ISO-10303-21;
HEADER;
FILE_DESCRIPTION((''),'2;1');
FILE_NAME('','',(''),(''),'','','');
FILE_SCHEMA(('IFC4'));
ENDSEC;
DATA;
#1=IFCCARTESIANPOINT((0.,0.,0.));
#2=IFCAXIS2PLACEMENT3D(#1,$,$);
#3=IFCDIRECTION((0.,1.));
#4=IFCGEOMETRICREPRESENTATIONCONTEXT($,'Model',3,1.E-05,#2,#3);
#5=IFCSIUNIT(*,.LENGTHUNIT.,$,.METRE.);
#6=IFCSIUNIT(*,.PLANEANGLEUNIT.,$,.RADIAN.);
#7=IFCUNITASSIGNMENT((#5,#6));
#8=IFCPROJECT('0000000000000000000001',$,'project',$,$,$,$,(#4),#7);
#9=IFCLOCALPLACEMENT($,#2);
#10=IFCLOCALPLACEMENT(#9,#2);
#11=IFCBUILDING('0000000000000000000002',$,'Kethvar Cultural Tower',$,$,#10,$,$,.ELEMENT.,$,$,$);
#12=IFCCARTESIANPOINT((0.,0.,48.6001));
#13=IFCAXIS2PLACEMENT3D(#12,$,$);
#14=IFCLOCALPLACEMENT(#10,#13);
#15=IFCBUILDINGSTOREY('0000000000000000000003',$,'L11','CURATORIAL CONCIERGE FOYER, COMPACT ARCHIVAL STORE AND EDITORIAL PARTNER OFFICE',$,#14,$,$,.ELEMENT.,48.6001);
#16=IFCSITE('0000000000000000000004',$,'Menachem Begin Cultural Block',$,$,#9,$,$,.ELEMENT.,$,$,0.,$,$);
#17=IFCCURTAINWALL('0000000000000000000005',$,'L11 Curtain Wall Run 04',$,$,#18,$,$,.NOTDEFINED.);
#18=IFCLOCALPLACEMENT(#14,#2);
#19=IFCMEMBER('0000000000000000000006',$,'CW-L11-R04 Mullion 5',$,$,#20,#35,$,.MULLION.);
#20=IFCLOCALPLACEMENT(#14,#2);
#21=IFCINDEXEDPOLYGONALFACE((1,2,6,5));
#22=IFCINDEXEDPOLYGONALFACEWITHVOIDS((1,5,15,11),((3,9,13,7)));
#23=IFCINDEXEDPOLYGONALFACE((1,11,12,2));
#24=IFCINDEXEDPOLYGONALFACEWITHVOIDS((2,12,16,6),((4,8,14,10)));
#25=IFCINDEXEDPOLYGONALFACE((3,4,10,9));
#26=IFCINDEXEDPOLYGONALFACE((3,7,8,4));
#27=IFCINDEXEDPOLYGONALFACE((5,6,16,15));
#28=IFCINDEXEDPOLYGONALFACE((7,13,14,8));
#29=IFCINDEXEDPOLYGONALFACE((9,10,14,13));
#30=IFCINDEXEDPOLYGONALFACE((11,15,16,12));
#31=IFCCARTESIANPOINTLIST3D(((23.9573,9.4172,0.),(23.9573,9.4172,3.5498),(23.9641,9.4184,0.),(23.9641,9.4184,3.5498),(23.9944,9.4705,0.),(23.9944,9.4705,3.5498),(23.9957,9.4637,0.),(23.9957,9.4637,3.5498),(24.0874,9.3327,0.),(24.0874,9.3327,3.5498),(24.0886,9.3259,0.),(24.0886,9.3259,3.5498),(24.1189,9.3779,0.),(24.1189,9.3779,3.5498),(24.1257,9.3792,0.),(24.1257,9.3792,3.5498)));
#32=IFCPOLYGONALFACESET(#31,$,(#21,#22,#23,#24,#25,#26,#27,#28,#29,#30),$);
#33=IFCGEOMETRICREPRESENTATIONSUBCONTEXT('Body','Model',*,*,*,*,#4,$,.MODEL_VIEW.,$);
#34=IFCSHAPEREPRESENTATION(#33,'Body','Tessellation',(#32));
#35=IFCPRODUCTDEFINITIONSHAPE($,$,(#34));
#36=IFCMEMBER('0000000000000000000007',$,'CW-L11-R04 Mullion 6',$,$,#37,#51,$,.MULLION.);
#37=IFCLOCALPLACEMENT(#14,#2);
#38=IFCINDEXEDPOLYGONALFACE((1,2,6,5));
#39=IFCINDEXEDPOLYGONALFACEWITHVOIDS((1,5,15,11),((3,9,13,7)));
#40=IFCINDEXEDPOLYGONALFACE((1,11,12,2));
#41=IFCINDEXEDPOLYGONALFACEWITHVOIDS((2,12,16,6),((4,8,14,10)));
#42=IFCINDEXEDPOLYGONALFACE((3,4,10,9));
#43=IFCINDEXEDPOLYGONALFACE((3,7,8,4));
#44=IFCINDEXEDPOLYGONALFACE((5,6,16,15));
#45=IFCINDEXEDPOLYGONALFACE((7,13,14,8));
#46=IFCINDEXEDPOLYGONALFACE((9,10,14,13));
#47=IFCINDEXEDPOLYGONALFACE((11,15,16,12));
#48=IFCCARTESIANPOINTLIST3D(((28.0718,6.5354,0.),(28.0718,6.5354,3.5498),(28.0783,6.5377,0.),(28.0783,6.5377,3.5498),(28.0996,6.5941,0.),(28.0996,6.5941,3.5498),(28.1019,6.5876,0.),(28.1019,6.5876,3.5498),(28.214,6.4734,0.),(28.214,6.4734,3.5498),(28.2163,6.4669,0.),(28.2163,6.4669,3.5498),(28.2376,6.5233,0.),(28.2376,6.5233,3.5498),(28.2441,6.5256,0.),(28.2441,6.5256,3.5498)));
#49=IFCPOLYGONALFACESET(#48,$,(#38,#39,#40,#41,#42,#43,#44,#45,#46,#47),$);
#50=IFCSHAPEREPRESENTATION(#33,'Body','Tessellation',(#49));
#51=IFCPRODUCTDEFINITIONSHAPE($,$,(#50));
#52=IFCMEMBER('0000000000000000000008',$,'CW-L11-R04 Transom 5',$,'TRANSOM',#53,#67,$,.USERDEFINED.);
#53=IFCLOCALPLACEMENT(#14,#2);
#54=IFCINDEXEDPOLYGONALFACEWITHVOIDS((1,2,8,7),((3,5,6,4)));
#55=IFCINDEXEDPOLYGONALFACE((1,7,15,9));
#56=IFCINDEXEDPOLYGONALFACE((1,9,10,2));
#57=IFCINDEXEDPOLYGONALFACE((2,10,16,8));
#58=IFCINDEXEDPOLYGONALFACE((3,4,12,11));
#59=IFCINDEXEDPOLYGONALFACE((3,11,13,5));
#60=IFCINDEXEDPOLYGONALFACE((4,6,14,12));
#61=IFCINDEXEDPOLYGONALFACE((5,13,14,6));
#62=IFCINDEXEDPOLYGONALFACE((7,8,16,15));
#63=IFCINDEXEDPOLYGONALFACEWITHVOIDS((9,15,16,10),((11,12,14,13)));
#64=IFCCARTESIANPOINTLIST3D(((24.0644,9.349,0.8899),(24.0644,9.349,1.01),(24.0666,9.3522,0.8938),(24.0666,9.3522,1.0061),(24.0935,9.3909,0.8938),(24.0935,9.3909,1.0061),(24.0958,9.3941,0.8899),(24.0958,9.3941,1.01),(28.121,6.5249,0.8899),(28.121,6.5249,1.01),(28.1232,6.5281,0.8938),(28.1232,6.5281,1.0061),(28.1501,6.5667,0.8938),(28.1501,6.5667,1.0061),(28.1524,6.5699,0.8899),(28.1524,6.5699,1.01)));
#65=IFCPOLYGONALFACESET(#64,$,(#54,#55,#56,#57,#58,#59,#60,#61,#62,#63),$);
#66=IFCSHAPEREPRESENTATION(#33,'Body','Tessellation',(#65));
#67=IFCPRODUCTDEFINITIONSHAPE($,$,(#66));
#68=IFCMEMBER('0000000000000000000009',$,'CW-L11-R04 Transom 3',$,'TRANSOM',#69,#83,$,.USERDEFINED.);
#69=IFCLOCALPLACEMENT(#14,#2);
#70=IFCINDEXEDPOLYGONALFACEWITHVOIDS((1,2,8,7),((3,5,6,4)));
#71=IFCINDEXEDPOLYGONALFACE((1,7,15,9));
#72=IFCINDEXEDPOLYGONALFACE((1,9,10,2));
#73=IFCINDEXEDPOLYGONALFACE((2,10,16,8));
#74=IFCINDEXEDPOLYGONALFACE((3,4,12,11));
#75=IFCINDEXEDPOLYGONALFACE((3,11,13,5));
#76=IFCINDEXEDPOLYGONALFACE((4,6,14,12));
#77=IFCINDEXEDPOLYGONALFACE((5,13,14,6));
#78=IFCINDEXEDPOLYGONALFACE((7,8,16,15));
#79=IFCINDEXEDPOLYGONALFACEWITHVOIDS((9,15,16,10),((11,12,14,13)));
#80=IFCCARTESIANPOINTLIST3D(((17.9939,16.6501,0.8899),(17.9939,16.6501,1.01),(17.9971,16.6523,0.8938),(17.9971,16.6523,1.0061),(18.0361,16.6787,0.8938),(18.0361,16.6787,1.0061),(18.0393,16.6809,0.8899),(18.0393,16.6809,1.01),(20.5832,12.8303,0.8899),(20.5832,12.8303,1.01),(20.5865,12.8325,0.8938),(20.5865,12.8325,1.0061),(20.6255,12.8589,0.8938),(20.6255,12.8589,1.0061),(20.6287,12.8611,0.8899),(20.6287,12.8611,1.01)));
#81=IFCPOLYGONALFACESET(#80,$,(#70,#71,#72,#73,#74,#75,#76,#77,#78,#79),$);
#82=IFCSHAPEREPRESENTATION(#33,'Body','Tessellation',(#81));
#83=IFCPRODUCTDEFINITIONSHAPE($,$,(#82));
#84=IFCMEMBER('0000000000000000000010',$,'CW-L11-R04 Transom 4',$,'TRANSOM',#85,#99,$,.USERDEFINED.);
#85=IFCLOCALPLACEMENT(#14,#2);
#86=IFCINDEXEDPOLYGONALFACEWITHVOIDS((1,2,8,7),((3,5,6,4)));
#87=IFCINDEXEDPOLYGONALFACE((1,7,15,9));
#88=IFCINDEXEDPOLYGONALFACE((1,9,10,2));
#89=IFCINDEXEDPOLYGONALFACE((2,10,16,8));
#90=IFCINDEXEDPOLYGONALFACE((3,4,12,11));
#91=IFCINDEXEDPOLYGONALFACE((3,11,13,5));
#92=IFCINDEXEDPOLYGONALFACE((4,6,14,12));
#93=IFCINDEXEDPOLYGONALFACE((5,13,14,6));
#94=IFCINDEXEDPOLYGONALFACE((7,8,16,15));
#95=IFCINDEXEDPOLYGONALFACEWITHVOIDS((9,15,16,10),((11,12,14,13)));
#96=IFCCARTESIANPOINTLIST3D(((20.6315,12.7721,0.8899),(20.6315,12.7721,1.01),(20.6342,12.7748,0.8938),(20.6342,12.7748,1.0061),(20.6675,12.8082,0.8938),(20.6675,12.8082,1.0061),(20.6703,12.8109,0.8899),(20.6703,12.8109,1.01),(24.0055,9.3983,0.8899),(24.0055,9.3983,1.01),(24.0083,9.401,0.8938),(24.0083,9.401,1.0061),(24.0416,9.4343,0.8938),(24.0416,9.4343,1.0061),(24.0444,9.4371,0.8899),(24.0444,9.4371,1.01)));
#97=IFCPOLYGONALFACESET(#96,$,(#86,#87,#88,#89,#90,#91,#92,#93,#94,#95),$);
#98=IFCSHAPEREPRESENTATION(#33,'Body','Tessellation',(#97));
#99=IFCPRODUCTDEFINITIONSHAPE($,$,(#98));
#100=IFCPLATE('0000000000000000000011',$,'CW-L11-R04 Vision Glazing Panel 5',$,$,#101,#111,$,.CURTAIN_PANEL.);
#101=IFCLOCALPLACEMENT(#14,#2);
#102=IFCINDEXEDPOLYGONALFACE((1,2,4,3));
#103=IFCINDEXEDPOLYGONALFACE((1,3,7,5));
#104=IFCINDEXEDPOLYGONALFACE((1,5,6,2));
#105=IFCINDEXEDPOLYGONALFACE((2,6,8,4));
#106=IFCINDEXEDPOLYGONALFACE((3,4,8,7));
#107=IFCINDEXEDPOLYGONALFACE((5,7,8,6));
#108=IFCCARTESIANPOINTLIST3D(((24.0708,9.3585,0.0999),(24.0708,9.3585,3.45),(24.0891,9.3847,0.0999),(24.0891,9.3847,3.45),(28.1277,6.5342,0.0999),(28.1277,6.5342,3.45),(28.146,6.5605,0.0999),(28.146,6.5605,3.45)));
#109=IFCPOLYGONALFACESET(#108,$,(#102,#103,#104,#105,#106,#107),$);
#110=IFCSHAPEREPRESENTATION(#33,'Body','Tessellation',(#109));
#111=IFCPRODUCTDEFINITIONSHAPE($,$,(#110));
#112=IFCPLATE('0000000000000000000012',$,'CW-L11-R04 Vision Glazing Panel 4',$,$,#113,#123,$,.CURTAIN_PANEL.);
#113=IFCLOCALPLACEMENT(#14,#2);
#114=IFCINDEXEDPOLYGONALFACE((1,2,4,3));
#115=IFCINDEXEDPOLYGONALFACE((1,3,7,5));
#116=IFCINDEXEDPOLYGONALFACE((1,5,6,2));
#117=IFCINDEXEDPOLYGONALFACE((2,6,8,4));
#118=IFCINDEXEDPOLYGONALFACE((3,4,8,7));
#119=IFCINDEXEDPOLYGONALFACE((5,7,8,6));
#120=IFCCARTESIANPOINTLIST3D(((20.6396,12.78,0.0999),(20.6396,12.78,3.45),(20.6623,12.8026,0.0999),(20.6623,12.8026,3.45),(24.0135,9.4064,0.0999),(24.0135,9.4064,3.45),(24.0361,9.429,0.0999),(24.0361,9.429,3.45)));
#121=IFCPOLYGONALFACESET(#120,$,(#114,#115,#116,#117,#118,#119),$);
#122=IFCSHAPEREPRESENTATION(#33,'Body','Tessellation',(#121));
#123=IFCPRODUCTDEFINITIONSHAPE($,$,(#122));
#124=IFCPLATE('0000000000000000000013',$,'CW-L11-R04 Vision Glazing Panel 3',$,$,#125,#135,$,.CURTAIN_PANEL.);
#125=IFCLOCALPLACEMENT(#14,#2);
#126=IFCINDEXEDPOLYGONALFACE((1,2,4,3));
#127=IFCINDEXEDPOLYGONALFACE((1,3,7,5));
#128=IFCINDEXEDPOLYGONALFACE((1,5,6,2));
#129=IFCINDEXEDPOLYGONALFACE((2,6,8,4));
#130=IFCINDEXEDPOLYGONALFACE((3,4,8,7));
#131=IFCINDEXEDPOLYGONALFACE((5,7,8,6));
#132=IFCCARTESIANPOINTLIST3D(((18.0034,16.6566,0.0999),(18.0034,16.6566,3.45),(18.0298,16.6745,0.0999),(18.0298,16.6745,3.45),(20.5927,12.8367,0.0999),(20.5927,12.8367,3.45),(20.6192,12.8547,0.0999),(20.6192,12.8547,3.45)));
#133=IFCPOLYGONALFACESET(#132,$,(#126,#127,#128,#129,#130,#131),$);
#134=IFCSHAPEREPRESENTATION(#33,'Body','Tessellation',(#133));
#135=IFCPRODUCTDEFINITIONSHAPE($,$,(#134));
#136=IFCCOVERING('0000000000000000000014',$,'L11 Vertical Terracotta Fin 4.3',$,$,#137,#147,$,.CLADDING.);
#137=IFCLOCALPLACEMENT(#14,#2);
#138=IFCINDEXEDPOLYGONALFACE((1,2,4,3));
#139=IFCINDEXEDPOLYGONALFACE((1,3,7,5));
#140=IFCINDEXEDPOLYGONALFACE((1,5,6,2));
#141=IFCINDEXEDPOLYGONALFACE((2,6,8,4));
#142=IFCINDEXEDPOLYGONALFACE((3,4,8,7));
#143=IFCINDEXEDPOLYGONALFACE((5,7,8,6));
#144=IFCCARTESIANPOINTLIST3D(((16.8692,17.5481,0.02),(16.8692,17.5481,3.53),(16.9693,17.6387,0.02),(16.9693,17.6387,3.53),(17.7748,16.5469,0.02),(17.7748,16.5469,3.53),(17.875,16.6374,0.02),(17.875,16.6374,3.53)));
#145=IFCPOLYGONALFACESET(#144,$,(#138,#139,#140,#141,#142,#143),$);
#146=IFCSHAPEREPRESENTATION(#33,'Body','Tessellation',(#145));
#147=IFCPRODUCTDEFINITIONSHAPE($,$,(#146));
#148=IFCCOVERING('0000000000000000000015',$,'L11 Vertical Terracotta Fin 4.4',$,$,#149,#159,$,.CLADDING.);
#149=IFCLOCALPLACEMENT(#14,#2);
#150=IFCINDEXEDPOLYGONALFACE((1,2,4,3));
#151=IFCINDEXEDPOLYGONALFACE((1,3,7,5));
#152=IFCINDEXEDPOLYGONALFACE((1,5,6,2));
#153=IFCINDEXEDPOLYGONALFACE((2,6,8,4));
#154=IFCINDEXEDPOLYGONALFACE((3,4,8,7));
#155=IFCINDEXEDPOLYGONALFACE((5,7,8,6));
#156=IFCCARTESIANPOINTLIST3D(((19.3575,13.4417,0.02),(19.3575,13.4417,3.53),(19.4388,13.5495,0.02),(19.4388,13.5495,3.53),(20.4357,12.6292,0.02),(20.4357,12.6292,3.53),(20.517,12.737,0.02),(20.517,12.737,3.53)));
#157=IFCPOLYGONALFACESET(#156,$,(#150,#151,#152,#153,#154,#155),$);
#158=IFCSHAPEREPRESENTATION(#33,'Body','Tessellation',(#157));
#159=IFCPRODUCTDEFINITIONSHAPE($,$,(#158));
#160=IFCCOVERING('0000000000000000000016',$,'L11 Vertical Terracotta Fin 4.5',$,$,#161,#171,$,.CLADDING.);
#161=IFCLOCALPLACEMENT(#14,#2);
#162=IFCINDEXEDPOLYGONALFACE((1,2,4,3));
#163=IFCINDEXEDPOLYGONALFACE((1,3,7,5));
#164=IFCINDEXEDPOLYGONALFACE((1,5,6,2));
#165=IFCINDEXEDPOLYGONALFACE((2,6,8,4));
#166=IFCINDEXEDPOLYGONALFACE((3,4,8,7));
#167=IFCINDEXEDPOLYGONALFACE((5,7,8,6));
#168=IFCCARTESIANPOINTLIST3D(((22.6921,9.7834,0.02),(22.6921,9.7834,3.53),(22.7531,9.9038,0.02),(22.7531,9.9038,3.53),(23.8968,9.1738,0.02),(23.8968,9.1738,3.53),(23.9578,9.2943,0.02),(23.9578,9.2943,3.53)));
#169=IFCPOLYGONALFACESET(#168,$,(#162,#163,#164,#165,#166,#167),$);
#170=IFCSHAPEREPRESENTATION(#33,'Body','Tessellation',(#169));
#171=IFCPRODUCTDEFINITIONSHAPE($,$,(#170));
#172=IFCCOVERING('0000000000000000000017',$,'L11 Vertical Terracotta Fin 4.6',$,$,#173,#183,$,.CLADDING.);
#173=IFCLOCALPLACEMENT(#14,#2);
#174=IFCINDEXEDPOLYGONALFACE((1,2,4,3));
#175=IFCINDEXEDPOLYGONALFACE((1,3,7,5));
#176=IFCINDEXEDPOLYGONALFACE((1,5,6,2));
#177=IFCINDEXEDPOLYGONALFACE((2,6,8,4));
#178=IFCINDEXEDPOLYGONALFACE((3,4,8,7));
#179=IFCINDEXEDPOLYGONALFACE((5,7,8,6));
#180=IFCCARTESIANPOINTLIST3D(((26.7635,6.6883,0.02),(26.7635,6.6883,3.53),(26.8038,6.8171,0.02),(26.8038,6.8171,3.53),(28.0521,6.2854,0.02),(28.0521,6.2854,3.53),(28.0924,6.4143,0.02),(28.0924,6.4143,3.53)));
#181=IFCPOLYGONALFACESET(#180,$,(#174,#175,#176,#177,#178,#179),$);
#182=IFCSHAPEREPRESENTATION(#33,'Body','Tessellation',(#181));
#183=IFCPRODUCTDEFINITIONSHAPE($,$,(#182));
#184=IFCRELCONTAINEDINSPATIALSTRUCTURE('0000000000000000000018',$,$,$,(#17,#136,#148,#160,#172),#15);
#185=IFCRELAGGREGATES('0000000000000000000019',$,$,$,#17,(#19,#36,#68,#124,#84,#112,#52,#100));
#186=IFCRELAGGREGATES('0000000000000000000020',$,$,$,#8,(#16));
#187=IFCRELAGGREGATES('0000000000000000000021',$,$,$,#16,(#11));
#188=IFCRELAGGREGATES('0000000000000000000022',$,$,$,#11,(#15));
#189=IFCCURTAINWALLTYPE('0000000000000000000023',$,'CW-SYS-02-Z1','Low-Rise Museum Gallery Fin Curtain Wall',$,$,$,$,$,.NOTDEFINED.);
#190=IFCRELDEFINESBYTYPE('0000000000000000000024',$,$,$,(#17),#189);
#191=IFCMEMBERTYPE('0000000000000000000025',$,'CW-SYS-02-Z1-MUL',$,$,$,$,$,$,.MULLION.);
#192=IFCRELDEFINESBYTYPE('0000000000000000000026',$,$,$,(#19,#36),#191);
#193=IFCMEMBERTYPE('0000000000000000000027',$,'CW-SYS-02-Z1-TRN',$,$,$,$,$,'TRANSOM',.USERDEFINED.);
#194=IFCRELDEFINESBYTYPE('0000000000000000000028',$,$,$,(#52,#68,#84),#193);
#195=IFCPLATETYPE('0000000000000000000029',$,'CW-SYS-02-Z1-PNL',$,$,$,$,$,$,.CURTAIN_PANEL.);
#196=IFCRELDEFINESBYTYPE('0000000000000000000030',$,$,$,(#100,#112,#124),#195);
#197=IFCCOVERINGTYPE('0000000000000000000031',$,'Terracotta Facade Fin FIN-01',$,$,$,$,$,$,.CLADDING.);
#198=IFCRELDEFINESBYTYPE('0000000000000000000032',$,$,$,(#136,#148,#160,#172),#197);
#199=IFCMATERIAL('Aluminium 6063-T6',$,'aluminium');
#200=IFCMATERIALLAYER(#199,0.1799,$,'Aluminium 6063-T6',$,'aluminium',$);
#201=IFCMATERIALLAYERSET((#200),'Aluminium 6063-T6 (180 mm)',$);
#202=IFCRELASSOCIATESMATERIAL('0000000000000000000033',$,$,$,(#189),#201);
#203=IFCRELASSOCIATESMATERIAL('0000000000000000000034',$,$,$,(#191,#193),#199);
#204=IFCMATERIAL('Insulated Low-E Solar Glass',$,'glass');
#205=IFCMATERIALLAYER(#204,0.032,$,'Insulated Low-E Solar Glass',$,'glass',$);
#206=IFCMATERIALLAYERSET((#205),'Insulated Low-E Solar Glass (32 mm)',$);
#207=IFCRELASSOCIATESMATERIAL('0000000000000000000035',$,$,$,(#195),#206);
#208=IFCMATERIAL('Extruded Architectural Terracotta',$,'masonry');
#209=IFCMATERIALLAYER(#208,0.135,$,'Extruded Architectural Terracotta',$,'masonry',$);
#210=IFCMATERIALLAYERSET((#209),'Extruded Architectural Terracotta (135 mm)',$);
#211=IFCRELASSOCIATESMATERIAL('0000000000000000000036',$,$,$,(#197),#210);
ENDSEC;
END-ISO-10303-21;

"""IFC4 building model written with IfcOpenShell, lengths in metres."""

from ifc_helpers import new_model, si_unit, direction, frame, origin, origin_2d, place, context, subcontext, project, spatial, rectangle, hollow_rectangle, extrude, source, transform, mapped, material, layer, layer_set, material_profile, profile_set, type_object, element, aggregate, save


model = new_model("IFC4")

# Units and contexts
model_context = context("Model", 3, precision=1e-05, world=origin(), true_north=direction((0.0, 1.0)))
body_context = subcontext(model_context, "Body", "Model", "MODEL_VIEW")
ifc_project = project(units=[si_unit("LENGTHUNIT", "METRE"), si_unit("PLANEANGLEUNIT", "RADIAN")], contexts=[model_context])

# Site, building, storey
site_placement = place(None, origin())
site = spatial("IfcSite", under=ifc_project, at=site_placement, Name="Menachem Begin Cultural Block", CompositionType="ELEMENT", RefElevation=0.0)
building_placement = place(site_placement, origin())
building = spatial("IfcBuilding", under=site, at=building_placement, Name="Kethvar Cultural Tower", CompositionType="ELEMENT")
storey_placement = place(building_placement, frame((0.0, 0.0, 48.6001)))
storey = spatial("IfcBuildingStorey", under=building, at=storey_placement, Name="L11", Description="CURATORIAL CONCIERGE FOYER, COMPACT ARCHIVAL STORE AND EDITORIAL PARTNER OFFICE", CompositionType="ELEMENT", Elevation=48.6001)

# Curtain wall, members, plates
ifc_material_1 = material(Name="Aluminium 6063-T6", Category="aluminium")
ifc_layer_1 = layer(ifc_material_1, 0.1799, Name="Aluminium 6063-T6", Category="aluminium")
ifc_layer_set_1 = layer_set([ifc_layer_1], Name="Aluminium 6063-T6 (180 mm)")
curtain_wall_type = type_object("IfcCurtainWallType", Name="CW-SYS-02-Z1", Description="Low-Rise Museum Gallery Fin Curtain Wall", PredefinedType="NOTDEFINED", material=ifc_layer_set_1)
curtain_wall_placement = place(storey_placement, origin())
curtain_wall = element("IfcCurtainWall", 1, at=curtain_wall_placement, inside=storey, type_object=curtain_wall_type, Name="L11 Curtain Wall Run 04", PredefinedType="NOTDEFINED")
ifc_material_profile_1 = material_profile(ifc_material_1, hollow_rectangle(XDim=0.0649, YDim=0.1599, WallThickness=0.0049, at=origin_2d()), Name="Aluminium 6063-T6 — RHS160x65x5")
ifc_profile_set_1 = profile_set([ifc_material_profile_1], Name="Aluminium 6063-T6 — RHS160x65x5")
member_type_1 = type_object("IfcMemberType", Name="CW-SYS-02-Z1-MUL", PredefinedType="MULLION", material=ifc_profile_set_1)
shared_shape_1 = source(origin(), body_context, "Body", "SweptSolid", [
    extrude(hollow_rectangle(XDim=0.0649, YDim=0.1599, WallThickness=0.0049, at=origin_2d()), origin(), (0.0, 0.0, 1.0), 3.5498),
])
member_1_placement = place(storey_placement, frame((24.0415, 9.3982, 0.0), z_axis=(0.0, 0.0, 1.0), x_axis=(0.571344, 0.820711, 0.0)))
member_1 = element("IfcMember", 2, at=member_1_placement, type_object=member_type_1, Name="CW-L11-R04 Mullion 5", PredefinedType="MULLION", context=body_context, shape_type="MappedRepresentation", body=[
    mapped(shared_shape_1, transform((0.0, 0.0, 0.0), scale=1.0)),
])
member_2_placement = place(storey_placement, frame((28.158, 6.5305, 0.0), z_axis=(0.0, 0.0, 1.0), x_axis=(0.428241, 0.903664, 0.0)))
member_2 = element("IfcMember", 3, at=member_2_placement, type_object=member_type_1, Name="CW-L11-R04 Mullion 6", PredefinedType="MULLION", context=body_context, shape_type="MappedRepresentation", body=[
    mapped(shared_shape_1, transform((0.0, 0.0, 0.0), scale=1.0)),
])
ifc_material_profile_2 = material_profile(ifc_material_1, hollow_rectangle(XDim=0.0549, YDim=0.1201, WallThickness=0.0039, at=origin_2d()), Name="Aluminium 6063-T6 — RHS120x55x4")
ifc_profile_set_2 = profile_set([ifc_material_profile_2], Name="Aluminium 6063-T6 — RHS120x55x4")
member_type_2 = type_object("IfcMemberType", Name="CW-SYS-02-Z1-TRN", ElementType="TRANSOM", PredefinedType="USERDEFINED", material=ifc_profile_set_2)
shared_shape_2 = source(origin(), body_context, "Body", "SweptSolid", [
    extrude(hollow_rectangle(XDim=0.0549, YDim=0.1201, WallThickness=0.0039, at=origin_2d()), origin(), (0.0, 0.0, 1.0), 4.9429),
])
member_3_placement = place(storey_placement, frame((24.0801, 9.3716, 0.95), z_axis=(0.820696, -0.571365, 0.0), x_axis=(0.571365, 0.820696, 0.0)))
member_3 = element("IfcMember", 4, at=member_3_placement, type_object=member_type_2, Name="CW-L11-R04 Transom 5", ObjectType="TRANSOM", PredefinedType="USERDEFINED", context=body_context, shape_type="MappedRepresentation", body=[
    mapped(shared_shape_2, transform((0.0, 0.0, 0.0), scale=1.0)),
])
shared_shape_3 = source(origin(), body_context, "Body", "SweptSolid", [
    extrude(hollow_rectangle(XDim=0.0549, YDim=0.1201, WallThickness=0.0039, at=origin_2d()), origin(), (0.0, 0.0, 1.0), 4.6147),
])
member_4_placement = place(storey_placement, frame((18.0166, 16.6655, 0.95), z_axis=(0.561105, -0.827744, 0.0), x_axis=(0.827744, 0.561105, 0.0)))
member_4 = element("IfcMember", 5, at=member_4_placement, type_object=member_type_2, Name="CW-L11-R04 Transom 3", ObjectType="TRANSOM", PredefinedType="USERDEFINED", context=body_context, shape_type="MappedRepresentation", body=[
    mapped(shared_shape_3, transform((0.0, 0.0, 0.0), scale=1.0)),
])
shared_shape_4 = source(origin(), body_context, "Body", "SweptSolid", [
    extrude(hollow_rectangle(XDim=0.0549, YDim=0.1201, WallThickness=0.0039, at=origin_2d()), origin(), (0.0, 0.0, 1.0), 4.7715),
])
member_5_placement = place(storey_placement, frame((20.6509, 12.7915, 0.95), z_axis=(0.707132, -0.707081, 0.0), x_axis=(0.707081, 0.707132, 0.0)))
member_5 = element("IfcMember", 6, at=member_5_placement, type_object=member_type_2, Name="CW-L11-R04 Transom 4", ObjectType="TRANSOM", PredefinedType="USERDEFINED", context=body_context, shape_type="MappedRepresentation", body=[
    mapped(shared_shape_4, transform((0.0, 0.0, 0.0), scale=1.0)),
])
ifc_material_2 = material(Name="Insulated Low-E Solar Glass", Category="glass")
ifc_layer_2 = layer(ifc_material_2, 0.032, Name="Insulated Low-E Solar Glass", Category="glass")
ifc_layer_set_2 = layer_set([ifc_layer_2], Name="Insulated Low-E Solar Glass (32 mm)")
plate_type = type_object("IfcPlateType", Name="CW-SYS-02-Z1-PNL", PredefinedType="CURTAIN_PANEL", material=ifc_layer_set_2)
shared_shape_5 = source(origin(), body_context, "Body", "SweptSolid", [
    extrude(rectangle(XDim=4.9431, YDim=0.032, at=origin_2d()), origin(), (0.0, 0.0, 1.0), 3.3501),
])
plate_1_placement = place(storey_placement, frame((26.1084, 7.9595, 0.0999), z_axis=(0.0, 0.0, 1.0), x_axis=(0.820711, -0.571344, 0.0)))
plate_1 = element("IfcPlate", 7, at=plate_1_placement, type_object=plate_type, Name="CW-L11-R04 Vision Glazing Panel 5", PredefinedType="CURTAIN_PANEL", context=body_context, shape_type="MappedRepresentation", body=[
    mapped(shared_shape_5, transform((0.0, 0.0, 0.0), scale=1.0)),
])
shared_shape_6 = source(origin(), body_context, "Body", "SweptSolid", [
    extrude(rectangle(XDim=4.7712, YDim=0.032, at=origin_2d()), origin(), (0.0, 0.0, 1.0), 3.3501),
])
plate_2_placement = place(storey_placement, frame((22.3379, 11.1045, 0.0999), z_axis=(0.0, 0.0, 1.0), x_axis=(0.707131, -0.707082, 0.0)))
plate_2 = element("IfcPlate", 8, at=plate_2_placement, type_object=plate_type, Name="CW-L11-R04 Vision Glazing Panel 4", PredefinedType="CURTAIN_PANEL", context=body_context, shape_type="MappedRepresentation", body=[
    mapped(shared_shape_6, transform((0.0, 0.0, 0.0), scale=1.0)),
])
shared_shape_7 = source(origin(), body_context, "Body", "SweptSolid", [
    extrude(rectangle(XDim=4.6147, YDim=0.032, at=origin_2d()), origin(), (0.0, 0.0, 1.0), 3.3501),
])
plate_3_placement = place(storey_placement, frame((19.3113, 14.7556, 0.0999), z_axis=(0.0, 0.0, 1.0), x_axis=(0.561101, -0.827747, 0.0)))
plate_3 = element("IfcPlate", 9, at=plate_3_placement, type_object=plate_type, Name="CW-L11-R04 Vision Glazing Panel 3", PredefinedType="CURTAIN_PANEL", context=body_context, shape_type="MappedRepresentation", body=[
    mapped(shared_shape_7, transform((0.0, 0.0, 0.0), scale=1.0)),
])
aggregate(curtain_wall, [member_1, member_2, member_4, plate_3, member_5, plate_2, member_3, plate_1])

# Coverings
ifc_material_3 = material(Name="Extruded Architectural Terracotta", Category="masonry")
ifc_layer_3 = layer(ifc_material_3, 0.135, Name="Extruded Architectural Terracotta", Category="masonry")
ifc_layer_set_3 = layer_set([ifc_layer_3], Name="Extruded Architectural Terracotta (135 mm)")
covering_type = type_object("IfcCoveringType", Name="Terracotta Facade Fin FIN-01", PredefinedType="CLADDING", material=ifc_layer_set_3)
shared_shape_8 = source(origin(), body_context, "Body", "SweptSolid", [
    extrude(rectangle(XDim=1.3501, YDim=0.135, at=origin_2d()), origin(), (0.0, 0.0, 1.0), 3.51),
])
for number, where, z_axis, x_axis, name in (
    (10, (17.3721, 17.0928, 0.02), (0.0, 0.0, 1.0), (-0.670815, 0.741625, 0.0), "L11 Vertical Terracotta Fin 4.3"),
    (11, (19.9373, 13.0894, 0.02), (0.0, 0.0, 1.0), (-0.798636, 0.601815, 0.0), "L11 Vertical Terracotta Fin 4.4"),
    (12, (23.325, 9.5388, 0.02), (0.0, 0.0, 1.0), (-0.892271, 0.451501, 0.0), "L11 Vertical Terracotta Fin 4.5"),
    (13, (27.428, 6.5513, 0.02), (0.0, 0.0, 1.0), (-0.954449, 0.298375, 0.0), "L11 Vertical Terracotta Fin 4.6"),
):
    element("IfcCovering", number, at=place(storey_placement, frame(where, z_axis=z_axis, x_axis=x_axis)), inside=storey, type_object=covering_type, Name=name, PredefinedType="CLADDING", context=body_context, shape_type="MappedRepresentation", body=[
        mapped(shared_shape_8, transform((0.0, 0.0, 0.0), scale=1.0)),
    ])

save(model, "model.ifc")
